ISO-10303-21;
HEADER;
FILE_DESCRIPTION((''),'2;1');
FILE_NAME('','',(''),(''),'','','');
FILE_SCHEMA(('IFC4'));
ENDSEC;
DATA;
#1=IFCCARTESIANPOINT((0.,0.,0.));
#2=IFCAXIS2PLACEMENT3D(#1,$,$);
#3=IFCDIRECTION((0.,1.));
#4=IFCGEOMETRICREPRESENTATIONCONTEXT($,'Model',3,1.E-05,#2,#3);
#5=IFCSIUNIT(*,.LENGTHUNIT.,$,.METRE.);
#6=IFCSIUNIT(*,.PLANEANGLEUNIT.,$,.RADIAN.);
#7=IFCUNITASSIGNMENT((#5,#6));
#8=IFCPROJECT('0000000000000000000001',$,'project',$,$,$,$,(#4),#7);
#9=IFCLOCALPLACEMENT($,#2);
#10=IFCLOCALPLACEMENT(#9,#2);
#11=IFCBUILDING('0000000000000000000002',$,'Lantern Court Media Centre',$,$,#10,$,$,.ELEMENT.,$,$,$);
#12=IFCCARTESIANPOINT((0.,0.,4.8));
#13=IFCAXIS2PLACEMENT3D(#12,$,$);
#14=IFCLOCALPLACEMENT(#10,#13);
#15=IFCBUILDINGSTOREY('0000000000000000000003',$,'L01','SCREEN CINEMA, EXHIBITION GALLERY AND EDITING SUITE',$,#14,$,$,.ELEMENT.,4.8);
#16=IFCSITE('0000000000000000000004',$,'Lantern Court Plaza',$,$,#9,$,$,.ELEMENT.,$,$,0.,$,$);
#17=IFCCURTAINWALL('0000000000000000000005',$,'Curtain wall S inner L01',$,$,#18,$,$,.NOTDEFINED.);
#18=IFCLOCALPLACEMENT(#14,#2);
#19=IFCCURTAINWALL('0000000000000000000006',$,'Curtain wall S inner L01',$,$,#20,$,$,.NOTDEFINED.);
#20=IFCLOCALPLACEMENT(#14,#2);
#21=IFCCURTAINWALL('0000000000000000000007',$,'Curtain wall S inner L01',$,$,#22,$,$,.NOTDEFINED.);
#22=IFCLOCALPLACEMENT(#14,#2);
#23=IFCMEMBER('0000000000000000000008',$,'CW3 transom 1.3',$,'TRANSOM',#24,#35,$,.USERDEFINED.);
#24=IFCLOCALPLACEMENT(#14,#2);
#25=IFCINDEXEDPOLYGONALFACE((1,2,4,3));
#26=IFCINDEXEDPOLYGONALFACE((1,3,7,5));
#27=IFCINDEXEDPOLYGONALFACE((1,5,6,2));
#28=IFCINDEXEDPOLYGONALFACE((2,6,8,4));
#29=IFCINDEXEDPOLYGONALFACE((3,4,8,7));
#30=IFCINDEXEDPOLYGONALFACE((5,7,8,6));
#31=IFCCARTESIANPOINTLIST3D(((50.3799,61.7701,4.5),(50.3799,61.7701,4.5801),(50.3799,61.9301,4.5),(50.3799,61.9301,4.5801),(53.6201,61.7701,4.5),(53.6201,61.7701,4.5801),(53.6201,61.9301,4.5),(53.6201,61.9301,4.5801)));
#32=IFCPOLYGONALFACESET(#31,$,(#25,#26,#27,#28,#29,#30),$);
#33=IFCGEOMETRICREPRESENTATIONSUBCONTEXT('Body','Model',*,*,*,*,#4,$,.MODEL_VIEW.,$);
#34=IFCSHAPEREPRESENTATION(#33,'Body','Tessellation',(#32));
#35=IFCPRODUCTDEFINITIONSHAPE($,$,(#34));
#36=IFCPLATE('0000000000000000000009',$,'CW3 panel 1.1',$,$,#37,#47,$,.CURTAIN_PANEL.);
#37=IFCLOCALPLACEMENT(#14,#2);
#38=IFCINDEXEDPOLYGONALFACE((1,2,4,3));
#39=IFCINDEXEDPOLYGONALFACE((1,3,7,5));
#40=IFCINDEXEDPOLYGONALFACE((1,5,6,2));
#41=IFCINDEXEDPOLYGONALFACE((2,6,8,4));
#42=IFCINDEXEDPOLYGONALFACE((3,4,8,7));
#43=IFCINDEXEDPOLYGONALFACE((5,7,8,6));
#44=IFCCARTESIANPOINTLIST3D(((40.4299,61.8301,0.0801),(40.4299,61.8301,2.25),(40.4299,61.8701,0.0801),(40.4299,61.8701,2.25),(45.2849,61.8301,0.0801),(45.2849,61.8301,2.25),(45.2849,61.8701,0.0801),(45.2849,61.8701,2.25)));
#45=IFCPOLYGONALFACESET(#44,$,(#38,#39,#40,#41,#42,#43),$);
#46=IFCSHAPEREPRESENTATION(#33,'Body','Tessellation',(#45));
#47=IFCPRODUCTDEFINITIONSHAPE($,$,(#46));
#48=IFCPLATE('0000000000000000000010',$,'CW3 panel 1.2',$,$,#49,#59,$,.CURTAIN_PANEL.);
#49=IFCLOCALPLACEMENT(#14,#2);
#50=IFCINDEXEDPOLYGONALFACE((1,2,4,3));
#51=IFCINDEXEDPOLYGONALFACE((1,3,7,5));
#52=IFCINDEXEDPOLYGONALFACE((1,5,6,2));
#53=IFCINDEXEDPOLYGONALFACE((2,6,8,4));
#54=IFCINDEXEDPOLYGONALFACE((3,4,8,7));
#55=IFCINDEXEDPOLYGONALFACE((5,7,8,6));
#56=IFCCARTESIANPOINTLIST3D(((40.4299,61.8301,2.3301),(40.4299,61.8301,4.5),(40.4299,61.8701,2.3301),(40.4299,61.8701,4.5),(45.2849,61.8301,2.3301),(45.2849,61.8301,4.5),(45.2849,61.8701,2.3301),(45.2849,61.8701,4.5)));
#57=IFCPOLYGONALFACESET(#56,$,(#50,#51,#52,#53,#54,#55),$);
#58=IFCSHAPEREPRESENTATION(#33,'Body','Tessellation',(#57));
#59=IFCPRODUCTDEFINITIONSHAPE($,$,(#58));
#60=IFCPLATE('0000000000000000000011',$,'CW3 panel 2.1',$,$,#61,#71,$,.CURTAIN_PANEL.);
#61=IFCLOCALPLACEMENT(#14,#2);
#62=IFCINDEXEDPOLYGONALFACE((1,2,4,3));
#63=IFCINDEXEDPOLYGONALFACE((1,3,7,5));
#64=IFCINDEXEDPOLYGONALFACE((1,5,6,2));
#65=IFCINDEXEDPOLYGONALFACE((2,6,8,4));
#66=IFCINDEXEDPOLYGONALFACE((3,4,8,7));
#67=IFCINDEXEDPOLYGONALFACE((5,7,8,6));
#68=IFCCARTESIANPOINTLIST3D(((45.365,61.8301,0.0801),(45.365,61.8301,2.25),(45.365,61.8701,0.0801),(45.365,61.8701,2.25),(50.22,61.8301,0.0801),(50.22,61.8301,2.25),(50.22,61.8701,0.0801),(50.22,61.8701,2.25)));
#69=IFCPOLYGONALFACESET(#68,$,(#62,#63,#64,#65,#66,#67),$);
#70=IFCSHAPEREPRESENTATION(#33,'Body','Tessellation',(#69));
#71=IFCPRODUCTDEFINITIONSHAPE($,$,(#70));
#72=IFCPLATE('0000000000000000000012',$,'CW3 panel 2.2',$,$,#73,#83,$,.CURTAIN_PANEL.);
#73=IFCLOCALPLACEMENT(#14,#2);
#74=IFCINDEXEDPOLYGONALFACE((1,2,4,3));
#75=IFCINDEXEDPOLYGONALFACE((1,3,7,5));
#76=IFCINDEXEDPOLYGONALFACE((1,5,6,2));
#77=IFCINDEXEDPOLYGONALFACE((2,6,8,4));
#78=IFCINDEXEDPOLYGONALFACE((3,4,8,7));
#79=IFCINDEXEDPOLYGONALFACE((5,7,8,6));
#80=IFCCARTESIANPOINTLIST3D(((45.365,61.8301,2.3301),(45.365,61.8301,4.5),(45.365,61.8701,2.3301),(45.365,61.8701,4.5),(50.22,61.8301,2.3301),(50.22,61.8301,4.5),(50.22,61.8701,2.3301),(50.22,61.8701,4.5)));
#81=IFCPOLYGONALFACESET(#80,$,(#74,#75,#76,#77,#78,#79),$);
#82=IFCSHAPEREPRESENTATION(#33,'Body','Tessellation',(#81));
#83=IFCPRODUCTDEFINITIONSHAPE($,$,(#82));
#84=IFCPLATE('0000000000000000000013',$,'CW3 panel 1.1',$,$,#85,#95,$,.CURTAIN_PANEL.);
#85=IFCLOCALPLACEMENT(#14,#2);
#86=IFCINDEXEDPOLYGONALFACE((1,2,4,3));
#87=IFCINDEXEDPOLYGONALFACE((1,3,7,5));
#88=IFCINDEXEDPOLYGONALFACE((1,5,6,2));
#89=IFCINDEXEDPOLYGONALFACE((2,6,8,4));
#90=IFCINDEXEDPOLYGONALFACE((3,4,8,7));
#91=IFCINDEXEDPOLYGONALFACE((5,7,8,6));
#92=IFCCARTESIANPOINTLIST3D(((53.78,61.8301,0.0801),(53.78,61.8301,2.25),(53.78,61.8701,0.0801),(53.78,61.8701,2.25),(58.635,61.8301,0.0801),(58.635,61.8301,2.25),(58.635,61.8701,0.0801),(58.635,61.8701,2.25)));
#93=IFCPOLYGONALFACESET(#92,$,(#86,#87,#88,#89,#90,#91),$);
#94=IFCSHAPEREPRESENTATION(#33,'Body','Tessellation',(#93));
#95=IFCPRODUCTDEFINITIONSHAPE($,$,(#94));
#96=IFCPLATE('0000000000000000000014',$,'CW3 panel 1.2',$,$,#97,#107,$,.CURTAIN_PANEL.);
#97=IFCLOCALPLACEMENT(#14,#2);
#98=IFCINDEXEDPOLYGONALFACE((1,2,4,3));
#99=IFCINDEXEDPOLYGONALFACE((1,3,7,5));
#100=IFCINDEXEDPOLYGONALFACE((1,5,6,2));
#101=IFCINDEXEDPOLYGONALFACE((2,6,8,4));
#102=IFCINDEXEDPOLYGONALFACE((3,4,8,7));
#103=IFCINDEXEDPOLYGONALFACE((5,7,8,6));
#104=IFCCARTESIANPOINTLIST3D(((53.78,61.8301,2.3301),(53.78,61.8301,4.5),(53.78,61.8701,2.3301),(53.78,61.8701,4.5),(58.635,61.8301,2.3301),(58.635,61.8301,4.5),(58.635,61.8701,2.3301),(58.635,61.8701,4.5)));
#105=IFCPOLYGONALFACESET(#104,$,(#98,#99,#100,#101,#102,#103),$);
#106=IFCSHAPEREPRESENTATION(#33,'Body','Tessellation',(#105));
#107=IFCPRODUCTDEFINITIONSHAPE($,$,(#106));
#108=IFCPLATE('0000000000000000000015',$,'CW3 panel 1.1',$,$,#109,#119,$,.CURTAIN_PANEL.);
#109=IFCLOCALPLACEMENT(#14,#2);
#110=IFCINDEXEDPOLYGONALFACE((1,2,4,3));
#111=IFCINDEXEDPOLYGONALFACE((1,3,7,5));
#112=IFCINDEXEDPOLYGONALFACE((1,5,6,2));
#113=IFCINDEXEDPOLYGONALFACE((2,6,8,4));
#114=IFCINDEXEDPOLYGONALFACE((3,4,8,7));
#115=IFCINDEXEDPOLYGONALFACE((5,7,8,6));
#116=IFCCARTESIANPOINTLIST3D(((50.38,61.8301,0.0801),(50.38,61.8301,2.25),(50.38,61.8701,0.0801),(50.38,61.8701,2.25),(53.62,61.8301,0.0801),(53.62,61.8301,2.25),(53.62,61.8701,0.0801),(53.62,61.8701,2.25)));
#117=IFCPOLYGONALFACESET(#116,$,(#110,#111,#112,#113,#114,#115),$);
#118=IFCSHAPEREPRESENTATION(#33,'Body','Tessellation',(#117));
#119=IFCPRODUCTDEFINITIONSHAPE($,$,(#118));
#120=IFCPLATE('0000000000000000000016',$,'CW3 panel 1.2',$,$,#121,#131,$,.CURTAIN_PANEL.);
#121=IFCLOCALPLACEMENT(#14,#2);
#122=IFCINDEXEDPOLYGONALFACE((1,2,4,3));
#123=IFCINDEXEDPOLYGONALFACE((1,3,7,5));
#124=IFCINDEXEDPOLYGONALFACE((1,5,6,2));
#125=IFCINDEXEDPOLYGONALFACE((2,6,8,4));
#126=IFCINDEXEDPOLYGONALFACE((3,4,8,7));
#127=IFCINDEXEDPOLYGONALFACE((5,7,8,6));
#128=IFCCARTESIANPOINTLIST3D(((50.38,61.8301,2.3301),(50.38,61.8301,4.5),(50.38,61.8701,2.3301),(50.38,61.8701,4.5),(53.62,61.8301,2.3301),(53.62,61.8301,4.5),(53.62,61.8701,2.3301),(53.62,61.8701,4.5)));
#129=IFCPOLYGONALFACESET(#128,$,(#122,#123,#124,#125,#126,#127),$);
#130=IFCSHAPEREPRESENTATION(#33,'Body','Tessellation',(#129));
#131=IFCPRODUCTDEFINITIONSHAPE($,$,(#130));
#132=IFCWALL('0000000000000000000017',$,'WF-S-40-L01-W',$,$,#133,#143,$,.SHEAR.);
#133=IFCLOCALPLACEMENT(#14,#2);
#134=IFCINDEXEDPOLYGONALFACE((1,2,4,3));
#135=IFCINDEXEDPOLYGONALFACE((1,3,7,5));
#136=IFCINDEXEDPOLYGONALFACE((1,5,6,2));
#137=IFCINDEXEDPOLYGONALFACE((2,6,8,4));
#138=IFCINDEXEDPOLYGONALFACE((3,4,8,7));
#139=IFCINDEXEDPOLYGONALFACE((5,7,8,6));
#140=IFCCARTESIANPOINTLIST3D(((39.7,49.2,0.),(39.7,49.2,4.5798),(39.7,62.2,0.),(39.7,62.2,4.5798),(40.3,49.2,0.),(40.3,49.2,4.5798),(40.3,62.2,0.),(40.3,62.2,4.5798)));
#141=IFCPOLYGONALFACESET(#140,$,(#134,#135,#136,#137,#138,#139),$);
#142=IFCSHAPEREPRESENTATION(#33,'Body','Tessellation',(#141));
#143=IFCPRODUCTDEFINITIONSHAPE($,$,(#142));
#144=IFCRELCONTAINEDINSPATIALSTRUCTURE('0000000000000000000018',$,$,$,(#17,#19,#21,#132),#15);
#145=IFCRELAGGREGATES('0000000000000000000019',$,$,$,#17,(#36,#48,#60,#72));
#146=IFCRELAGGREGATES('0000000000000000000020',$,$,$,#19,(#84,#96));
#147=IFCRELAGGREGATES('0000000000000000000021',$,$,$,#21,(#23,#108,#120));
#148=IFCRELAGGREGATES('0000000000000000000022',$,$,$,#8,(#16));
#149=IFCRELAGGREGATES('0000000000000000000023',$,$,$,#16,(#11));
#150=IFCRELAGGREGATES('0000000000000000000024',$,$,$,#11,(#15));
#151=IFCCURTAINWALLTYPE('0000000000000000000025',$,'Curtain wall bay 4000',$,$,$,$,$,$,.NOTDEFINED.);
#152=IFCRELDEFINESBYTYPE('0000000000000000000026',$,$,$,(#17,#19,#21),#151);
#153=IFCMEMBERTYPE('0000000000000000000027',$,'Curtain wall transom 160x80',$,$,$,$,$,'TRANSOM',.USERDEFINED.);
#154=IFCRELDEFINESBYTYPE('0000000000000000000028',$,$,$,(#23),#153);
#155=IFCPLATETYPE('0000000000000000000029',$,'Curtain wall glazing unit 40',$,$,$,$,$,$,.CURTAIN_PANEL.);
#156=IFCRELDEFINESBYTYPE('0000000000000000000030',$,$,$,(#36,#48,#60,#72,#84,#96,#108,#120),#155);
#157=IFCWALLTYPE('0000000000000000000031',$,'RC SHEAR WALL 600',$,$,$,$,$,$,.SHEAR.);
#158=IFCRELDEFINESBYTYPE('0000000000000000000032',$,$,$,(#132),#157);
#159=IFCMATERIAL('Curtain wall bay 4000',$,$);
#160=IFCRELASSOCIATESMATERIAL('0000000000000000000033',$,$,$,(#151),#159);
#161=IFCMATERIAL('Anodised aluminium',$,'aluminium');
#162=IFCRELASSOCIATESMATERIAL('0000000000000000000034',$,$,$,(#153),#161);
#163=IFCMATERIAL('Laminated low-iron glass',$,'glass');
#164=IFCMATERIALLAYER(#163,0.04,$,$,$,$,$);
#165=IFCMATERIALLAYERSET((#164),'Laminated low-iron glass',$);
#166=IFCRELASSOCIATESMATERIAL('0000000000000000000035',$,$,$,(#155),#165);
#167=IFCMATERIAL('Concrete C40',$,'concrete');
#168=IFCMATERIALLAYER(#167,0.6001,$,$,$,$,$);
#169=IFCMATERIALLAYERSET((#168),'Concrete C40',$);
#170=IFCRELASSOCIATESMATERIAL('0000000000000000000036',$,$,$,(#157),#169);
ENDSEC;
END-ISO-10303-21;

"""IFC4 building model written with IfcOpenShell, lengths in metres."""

from ifc_helpers import new_model, si_unit, direction, frame, frame_2d, origin, origin_2d, place, context, subcontext, project, spatial, rectangle, extrude, material, layer, layer_set, material_profile, profile_set, type_object, element, aggregate, save


model = new_model("IFC4")

# Units and contexts
model_context = context("Model", 3, precision=1e-05, world=origin(), true_north=direction((0.0, 1.0)))
body_context = subcontext(model_context, "Body", "Model", "MODEL_VIEW")
ifc_project = project(units=[si_unit("LENGTHUNIT", "METRE"), si_unit("PLANEANGLEUNIT", "RADIAN")], contexts=[model_context])

# Site, building, storey
site_placement = place(None, origin())
site = spatial("IfcSite", under=ifc_project, at=site_placement, Name="Lantern Court Plaza", CompositionType="ELEMENT", RefElevation=0.0)
building_placement = place(site_placement, origin())
building = spatial("IfcBuilding", under=site, at=building_placement, Name="Lantern Court Media Centre", CompositionType="ELEMENT")
storey_placement = place(building_placement, frame((0.0, 0.0, 4.8)))
storey = spatial("IfcBuildingStorey", under=building, at=storey_placement, Name="L01", Description="SCREEN CINEMA, EXHIBITION GALLERY AND EDITING SUITE", CompositionType="ELEMENT", Elevation=4.8)

# Shared definitions
ifc_material_1 = material(Name="Anodised aluminium", Category="aluminium")

# Curtain walls
ifc_material_2 = material(Name="Curtain wall bay 4000")
curtain_wall_type_1 = type_object("IfcCurtainWallType", Name="Curtain wall bay 4000", PredefinedType="NOTDEFINED", material=ifc_material_2)
curtain_wall_1_placement = place(storey_placement, origin())
curtain_wall_1 = element("IfcCurtainWall", 1, at=curtain_wall_1_placement, inside=storey, type_object=curtain_wall_type_1, Name="Curtain wall S inner L01", PredefinedType="NOTDEFINED")
curtain_wall_2_placement = place(storey_placement, origin())
curtain_wall_2 = element("IfcCurtainWall", 2, at=curtain_wall_2_placement, inside=storey, type_object=curtain_wall_type_1, Name="Curtain wall S inner L01", PredefinedType="NOTDEFINED")
curtain_wall_3_placement = place(storey_placement, origin())
curtain_wall_3 = element("IfcCurtainWall", 3, at=curtain_wall_3_placement, inside=storey, type_object=curtain_wall_type_1, Name="Curtain wall S inner L01", PredefinedType="NOTDEFINED")
ifc_material_profile_1 = material_profile(ifc_material_1, rectangle(XDim=0.1599, YDim=0.0801, at=origin_2d()), Name="AL 80x160")
ifc_profile_set_1 = profile_set([ifc_material_profile_1], Name="Anodised aluminium")
member_type_1 = type_object("IfcMemberType", Name="Curtain wall transom 160x80", ElementType="TRANSOM", PredefinedType="USERDEFINED", material=ifc_profile_set_1)

# Member
member_1_placement = place(storey_placement, frame((50.3799, 61.8501, 4.54), z_axis=(1.0, 0.0, 0.0), x_axis=(0.0, 1.0, 0.0)))
member_1 = element("IfcMember", 4, at=member_1_placement, type_object=member_type_1, Name="CW3 transom 1.3", ObjectType="TRANSOM", PredefinedType="USERDEFINED", context=body_context, shape_type="SweptSolid", body=[
    extrude(rectangle(XDim=0.1599, YDim=0.0801, at=origin_2d()), origin(), (0.0, 0.0, 1.0), 3.2402),
])

# Plates
ifc_material_3 = material(Name="Laminated low-iron glass", Category="glass")
ifc_layer_1 = layer(ifc_material_3, 0.04)
ifc_layer_set_1 = layer_set([ifc_layer_1], Name="Laminated low-iron glass")
plate_type = type_object("IfcPlateType", Name="Curtain wall glazing unit 40", PredefinedType="CURTAIN_PANEL", material=ifc_layer_set_1)
plate_1_placement = place(storey_placement, frame((42.8574, 61.8501, 0.0801), z_axis=(0.0, 0.0, 1.0), x_axis=(1.0, 0.0, 0.0)))
plate_1 = element("IfcPlate", 5, at=plate_1_placement, type_object=plate_type, Name="CW3 panel 1.1", PredefinedType="CURTAIN_PANEL", context=body_context, shape_type="SweptSolid", body=[
    extrude(rectangle(XDim=4.855, YDim=0.04, at=origin_2d()), origin(), (0.0, 0.0, 1.0), 2.1699),
])
plate_2_placement = place(storey_placement, frame((42.8574, 61.8501, 2.3301), z_axis=(0.0, 0.0, 1.0), x_axis=(1.0, 0.0, 0.0)))
plate_2 = element("IfcPlate", 6, at=plate_2_placement, type_object=plate_type, Name="CW3 panel 1.2", PredefinedType="CURTAIN_PANEL", context=body_context, shape_type="SweptSolid", body=[
    extrude(rectangle(XDim=4.855, YDim=0.04, at=origin_2d()), origin(), (0.0, 0.0, 1.0), 2.1699),
])
plate_3_placement = place(storey_placement, frame((47.7925, 61.8501, 0.0801), z_axis=(0.0, 0.0, 1.0), x_axis=(1.0, 0.0, 0.0)))
plate_3 = element("IfcPlate", 7, at=plate_3_placement, type_object=plate_type, Name="CW3 panel 2.1", PredefinedType="CURTAIN_PANEL", context=body_context, shape_type="SweptSolid", body=[
    extrude(rectangle(XDim=4.855, YDim=0.04, at=origin_2d()), origin(), (0.0, 0.0, 1.0), 2.1699),
])
plate_4_placement = place(storey_placement, frame((47.7925, 61.8501, 2.3301), z_axis=(0.0, 0.0, 1.0), x_axis=(1.0, 0.0, 0.0)))
plate_4 = element("IfcPlate", 8, at=plate_4_placement, type_object=plate_type, Name="CW3 panel 2.2", PredefinedType="CURTAIN_PANEL", context=body_context, shape_type="SweptSolid", body=[
    extrude(rectangle(XDim=4.855, YDim=0.04, at=origin_2d()), origin(), (0.0, 0.0, 1.0), 2.1699),
])
aggregate(curtain_wall_1, [plate_1, plate_2, plate_3, plate_4])
plate_5_placement = place(storey_placement, frame((56.2075, 61.8501, 0.0801), z_axis=(0.0, 0.0, 1.0), x_axis=(1.0, 0.0, 0.0)))
plate_5 = element("IfcPlate", 9, at=plate_5_placement, type_object=plate_type, Name="CW3 panel 1.1", PredefinedType="CURTAIN_PANEL", context=body_context, shape_type="SweptSolid", body=[
    extrude(rectangle(XDim=4.855, YDim=0.04, at=origin_2d()), origin(), (0.0, 0.0, 1.0), 2.1699),
])
plate_6_placement = place(storey_placement, frame((56.2075, 61.8501, 2.3301), z_axis=(0.0, 0.0, 1.0), x_axis=(1.0, 0.0, 0.0)))
plate_6 = element("IfcPlate", 10, at=plate_6_placement, type_object=plate_type, Name="CW3 panel 1.2", PredefinedType="CURTAIN_PANEL", context=body_context, shape_type="SweptSolid", body=[
    extrude(rectangle(XDim=4.855, YDim=0.04, at=origin_2d()), origin(), (0.0, 0.0, 1.0), 2.1699),
])
aggregate(curtain_wall_2, [plate_5, plate_6])
plate_7_placement = place(storey_placement, frame((52.0, 61.8501, 0.0801), z_axis=(0.0, 0.0, 1.0), x_axis=(1.0, 0.0, 0.0)))
plate_7 = element("IfcPlate", 11, at=plate_7_placement, type_object=plate_type, Name="CW3 panel 1.1", PredefinedType="CURTAIN_PANEL", context=body_context, shape_type="SweptSolid", body=[
    extrude(rectangle(XDim=3.24, YDim=0.04, at=origin_2d()), origin(), (0.0, 0.0, 1.0), 2.1699),
])
plate_8_placement = place(storey_placement, frame((52.0, 61.8501, 2.3301), z_axis=(0.0, 0.0, 1.0), x_axis=(1.0, 0.0, 0.0)))
plate_8 = element("IfcPlate", 12, at=plate_8_placement, type_object=plate_type, Name="CW3 panel 1.2", PredefinedType="CURTAIN_PANEL", context=body_context, shape_type="SweptSolid", body=[
    extrude(rectangle(XDim=3.24, YDim=0.04, at=origin_2d()), origin(), (0.0, 0.0, 1.0), 2.1699),
])
aggregate(curtain_wall_3, [member_1, plate_7, plate_8])

# Wall
ifc_material_4 = material(Name="Concrete C40", Category="concrete")
ifc_layer_2 = layer(ifc_material_4, 0.6001)
ifc_layer_set_2 = layer_set([ifc_layer_2], Name="Concrete C40")
wall_type = type_object("IfcWallType", Name="RC SHEAR WALL 600", PredefinedType="SHEAR", material=ifc_layer_set_2)
wall_placement = place(storey_placement, frame((40.0, 49.2, 0.0), z_axis=(0.0, 0.0, 1.0), x_axis=(0.0, 1.0, 0.0)))
element("IfcWall", 13, at=wall_placement, inside=storey, type_object=wall_type, Name="WF-S-40-L01-W", PredefinedType="SHEAR", context=body_context, shape_type="SweptSolid", body=[
    extrude(rectangle(XDim=13.0, YDim=0.6001, at=frame_2d((6.5, 0.0))), origin(), (0.0, 0.0, 1.0), 4.5798),
])

save(model, "model.ifc")
